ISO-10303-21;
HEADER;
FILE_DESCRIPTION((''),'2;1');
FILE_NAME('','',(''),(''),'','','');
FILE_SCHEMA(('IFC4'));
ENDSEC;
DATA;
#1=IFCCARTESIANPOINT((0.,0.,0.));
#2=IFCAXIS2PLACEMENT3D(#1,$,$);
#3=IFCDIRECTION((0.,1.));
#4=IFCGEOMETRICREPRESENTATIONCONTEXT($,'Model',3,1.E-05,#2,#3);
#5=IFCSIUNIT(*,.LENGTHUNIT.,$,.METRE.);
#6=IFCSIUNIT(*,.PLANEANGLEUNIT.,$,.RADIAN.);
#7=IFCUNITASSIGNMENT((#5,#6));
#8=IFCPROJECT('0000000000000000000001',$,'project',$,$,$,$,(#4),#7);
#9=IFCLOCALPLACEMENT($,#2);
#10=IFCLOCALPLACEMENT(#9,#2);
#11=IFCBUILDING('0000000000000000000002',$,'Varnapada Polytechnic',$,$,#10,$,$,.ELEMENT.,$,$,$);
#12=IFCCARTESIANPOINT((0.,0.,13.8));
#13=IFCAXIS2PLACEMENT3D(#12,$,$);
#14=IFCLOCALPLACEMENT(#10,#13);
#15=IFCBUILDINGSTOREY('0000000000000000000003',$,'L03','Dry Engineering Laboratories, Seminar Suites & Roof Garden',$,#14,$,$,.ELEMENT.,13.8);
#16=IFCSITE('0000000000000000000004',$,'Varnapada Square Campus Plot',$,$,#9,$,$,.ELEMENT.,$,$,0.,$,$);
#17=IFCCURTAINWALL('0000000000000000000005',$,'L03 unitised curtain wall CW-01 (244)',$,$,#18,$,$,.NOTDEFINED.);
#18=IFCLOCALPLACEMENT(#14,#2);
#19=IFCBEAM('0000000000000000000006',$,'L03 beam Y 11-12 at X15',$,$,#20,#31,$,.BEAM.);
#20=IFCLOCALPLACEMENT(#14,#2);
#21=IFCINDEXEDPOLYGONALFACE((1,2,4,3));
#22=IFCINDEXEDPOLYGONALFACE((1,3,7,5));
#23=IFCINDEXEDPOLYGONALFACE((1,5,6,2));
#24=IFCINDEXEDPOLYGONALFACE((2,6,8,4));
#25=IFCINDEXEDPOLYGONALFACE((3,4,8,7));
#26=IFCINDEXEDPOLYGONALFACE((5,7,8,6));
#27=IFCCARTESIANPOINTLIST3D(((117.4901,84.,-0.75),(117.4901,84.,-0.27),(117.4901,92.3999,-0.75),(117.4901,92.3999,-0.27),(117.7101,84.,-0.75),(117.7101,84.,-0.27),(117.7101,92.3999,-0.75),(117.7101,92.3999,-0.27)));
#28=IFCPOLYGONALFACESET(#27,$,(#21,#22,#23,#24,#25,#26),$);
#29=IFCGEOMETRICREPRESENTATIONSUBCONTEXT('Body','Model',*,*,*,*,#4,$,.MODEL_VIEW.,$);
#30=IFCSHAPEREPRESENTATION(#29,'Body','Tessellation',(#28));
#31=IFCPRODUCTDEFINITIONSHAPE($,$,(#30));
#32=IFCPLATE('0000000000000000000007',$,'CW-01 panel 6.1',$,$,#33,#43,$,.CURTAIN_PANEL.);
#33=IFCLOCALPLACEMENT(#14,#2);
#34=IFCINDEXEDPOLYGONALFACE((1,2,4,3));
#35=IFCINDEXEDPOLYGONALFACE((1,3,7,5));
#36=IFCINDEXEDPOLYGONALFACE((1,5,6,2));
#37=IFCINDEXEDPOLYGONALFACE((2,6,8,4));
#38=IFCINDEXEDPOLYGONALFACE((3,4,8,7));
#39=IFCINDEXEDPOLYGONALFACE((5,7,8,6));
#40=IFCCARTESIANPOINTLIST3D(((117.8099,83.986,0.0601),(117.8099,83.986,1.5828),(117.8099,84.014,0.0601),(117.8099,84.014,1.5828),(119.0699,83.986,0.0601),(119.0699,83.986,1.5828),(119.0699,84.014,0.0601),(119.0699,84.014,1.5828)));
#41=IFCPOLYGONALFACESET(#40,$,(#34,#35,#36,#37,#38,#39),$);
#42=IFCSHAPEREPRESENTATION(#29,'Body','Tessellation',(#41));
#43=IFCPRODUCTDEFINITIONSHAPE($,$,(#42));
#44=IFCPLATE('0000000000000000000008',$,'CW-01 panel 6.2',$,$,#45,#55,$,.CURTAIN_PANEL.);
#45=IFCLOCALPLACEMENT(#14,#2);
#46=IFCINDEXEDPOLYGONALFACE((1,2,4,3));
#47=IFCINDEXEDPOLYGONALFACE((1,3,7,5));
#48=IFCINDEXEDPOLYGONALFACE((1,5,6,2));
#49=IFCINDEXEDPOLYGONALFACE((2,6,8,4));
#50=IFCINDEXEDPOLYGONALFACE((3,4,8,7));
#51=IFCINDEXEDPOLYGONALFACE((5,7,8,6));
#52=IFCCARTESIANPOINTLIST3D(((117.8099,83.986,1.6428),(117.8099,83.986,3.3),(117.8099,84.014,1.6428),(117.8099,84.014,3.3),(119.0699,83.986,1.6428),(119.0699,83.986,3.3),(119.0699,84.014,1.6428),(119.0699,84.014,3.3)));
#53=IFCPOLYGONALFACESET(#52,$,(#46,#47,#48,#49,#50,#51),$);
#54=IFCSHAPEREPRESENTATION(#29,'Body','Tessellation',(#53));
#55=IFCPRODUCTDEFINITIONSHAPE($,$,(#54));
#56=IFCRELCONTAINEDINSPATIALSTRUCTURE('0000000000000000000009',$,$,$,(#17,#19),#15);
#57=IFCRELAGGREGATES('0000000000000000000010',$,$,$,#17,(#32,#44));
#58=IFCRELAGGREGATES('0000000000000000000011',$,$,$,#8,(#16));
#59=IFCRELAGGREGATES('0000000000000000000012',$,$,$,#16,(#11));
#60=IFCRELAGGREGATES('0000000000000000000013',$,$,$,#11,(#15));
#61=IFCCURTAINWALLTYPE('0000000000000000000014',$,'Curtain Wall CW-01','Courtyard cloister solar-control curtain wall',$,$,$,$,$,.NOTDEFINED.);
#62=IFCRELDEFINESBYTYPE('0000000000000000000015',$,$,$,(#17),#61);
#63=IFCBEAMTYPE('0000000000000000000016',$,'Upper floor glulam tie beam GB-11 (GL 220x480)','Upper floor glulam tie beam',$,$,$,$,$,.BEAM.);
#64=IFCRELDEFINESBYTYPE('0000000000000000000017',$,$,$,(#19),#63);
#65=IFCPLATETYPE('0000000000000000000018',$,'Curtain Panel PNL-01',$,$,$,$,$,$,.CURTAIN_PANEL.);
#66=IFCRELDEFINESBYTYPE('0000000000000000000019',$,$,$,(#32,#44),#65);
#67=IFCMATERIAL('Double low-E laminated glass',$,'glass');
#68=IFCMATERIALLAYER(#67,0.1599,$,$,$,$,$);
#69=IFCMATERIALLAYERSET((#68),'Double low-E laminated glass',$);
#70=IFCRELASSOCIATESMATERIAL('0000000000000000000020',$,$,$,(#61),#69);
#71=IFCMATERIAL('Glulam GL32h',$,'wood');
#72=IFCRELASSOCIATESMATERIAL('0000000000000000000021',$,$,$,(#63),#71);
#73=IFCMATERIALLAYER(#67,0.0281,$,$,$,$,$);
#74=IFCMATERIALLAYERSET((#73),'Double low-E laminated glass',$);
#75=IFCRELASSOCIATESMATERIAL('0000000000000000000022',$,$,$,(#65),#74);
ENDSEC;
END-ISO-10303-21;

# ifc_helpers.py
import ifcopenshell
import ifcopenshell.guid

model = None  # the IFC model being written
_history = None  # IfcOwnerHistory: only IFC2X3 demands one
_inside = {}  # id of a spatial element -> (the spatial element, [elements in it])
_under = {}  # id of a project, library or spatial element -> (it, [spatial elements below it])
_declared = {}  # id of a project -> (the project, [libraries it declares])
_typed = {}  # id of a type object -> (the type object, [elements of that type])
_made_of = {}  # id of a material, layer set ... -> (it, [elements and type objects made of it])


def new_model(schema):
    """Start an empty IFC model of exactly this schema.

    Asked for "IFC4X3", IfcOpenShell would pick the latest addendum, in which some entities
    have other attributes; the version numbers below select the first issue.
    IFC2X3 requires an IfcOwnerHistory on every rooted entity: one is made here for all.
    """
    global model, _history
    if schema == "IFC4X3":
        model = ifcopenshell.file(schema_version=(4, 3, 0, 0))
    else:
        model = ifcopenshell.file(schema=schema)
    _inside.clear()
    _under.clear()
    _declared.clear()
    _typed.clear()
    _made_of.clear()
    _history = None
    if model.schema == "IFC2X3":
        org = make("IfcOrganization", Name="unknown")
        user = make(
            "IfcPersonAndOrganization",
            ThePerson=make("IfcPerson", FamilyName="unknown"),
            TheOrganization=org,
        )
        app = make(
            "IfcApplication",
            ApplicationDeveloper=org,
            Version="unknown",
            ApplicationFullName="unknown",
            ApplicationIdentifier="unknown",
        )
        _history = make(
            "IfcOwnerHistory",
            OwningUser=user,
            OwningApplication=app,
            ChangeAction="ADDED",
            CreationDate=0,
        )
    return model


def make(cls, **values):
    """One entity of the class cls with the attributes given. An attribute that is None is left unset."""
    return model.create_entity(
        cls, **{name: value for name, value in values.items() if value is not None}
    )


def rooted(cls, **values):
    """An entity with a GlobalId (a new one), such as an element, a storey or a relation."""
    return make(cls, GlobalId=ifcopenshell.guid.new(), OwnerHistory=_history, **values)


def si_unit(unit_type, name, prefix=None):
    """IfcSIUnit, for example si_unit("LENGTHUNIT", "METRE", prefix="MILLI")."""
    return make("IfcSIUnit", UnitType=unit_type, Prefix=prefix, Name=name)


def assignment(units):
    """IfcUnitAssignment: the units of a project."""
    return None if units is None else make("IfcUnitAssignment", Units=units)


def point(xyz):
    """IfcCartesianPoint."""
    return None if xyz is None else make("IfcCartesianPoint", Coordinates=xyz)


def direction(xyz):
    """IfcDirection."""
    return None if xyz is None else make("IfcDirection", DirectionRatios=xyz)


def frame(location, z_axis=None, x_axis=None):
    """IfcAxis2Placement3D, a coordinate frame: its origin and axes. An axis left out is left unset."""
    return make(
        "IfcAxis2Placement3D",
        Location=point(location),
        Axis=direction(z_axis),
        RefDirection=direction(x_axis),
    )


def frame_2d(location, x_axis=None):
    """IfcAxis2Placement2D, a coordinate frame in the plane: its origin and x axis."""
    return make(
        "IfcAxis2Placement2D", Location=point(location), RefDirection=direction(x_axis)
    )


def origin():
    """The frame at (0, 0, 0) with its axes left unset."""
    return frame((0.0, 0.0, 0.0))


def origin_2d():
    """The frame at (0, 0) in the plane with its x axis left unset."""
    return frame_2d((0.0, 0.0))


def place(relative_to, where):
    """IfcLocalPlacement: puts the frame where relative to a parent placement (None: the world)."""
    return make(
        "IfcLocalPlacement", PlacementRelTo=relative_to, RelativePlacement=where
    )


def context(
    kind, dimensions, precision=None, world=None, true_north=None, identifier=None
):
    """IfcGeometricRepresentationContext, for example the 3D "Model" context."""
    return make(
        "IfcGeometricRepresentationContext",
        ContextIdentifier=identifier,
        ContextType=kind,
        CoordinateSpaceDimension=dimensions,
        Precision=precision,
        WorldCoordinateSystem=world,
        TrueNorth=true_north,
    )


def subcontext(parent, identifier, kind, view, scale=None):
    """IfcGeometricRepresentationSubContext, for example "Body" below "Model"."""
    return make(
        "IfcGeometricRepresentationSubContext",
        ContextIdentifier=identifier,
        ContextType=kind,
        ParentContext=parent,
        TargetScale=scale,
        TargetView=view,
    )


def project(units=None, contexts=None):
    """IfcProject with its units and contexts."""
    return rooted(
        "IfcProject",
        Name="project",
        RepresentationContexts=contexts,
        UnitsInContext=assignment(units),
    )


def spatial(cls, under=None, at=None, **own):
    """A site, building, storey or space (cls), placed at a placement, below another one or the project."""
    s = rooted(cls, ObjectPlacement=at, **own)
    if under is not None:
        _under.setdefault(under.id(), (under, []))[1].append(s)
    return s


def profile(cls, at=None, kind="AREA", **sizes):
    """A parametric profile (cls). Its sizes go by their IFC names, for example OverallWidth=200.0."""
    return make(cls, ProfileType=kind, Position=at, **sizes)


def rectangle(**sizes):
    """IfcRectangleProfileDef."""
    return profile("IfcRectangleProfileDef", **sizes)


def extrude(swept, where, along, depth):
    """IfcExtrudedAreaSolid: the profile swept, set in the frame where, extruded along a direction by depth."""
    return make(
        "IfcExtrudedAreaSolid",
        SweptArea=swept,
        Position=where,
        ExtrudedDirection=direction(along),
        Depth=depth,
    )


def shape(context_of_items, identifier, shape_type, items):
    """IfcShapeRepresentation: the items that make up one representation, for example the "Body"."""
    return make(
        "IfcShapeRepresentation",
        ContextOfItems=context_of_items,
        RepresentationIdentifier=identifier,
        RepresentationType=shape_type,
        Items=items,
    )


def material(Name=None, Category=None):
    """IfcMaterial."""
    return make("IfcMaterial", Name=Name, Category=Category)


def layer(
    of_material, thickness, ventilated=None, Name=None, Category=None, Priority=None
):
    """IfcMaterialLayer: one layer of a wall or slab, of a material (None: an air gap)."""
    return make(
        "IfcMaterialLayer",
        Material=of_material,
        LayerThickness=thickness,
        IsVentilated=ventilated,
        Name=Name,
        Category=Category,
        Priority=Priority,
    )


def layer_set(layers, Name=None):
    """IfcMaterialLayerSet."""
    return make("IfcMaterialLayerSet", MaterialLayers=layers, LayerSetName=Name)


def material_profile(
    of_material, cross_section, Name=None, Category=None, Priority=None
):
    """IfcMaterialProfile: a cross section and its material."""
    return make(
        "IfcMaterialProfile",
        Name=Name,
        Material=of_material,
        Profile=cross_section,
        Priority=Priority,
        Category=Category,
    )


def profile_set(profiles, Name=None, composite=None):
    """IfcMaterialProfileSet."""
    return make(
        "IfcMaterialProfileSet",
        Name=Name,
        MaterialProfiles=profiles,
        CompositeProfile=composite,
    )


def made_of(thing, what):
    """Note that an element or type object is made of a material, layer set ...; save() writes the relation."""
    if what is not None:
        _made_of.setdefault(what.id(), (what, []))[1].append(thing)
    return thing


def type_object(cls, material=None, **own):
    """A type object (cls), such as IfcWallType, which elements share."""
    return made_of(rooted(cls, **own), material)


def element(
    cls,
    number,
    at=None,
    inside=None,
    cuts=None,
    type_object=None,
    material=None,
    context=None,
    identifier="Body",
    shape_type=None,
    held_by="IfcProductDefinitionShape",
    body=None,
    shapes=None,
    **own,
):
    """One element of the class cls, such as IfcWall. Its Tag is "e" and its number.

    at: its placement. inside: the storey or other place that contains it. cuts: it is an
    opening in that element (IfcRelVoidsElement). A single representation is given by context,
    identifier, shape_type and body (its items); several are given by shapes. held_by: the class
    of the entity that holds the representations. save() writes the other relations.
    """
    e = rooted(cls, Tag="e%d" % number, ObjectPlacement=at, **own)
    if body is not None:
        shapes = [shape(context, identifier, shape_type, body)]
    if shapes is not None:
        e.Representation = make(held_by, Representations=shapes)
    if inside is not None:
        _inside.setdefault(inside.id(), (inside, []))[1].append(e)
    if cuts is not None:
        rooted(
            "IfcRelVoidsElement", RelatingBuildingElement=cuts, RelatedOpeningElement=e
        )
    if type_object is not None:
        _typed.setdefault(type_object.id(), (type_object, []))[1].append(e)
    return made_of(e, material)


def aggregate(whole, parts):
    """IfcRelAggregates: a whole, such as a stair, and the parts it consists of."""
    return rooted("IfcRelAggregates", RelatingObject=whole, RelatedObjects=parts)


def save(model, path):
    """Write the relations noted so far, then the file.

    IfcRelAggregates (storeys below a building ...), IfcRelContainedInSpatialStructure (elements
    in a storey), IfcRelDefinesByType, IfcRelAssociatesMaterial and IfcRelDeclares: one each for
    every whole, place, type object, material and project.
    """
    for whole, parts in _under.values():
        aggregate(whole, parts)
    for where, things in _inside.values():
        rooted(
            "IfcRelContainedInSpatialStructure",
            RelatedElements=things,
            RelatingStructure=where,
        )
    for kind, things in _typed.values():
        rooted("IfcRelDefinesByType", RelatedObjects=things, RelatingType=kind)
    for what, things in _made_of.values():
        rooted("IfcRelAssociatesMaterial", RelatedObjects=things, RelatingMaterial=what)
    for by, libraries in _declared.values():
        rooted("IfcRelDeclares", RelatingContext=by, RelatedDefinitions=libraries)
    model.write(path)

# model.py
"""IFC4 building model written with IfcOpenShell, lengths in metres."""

from ifc_helpers import new_model, si_unit, direction, frame, origin, origin_2d, place, context, subcontext, project, spatial, rectangle, extrude, material, layer, layer_set, material_profile, profile_set, type_object, element, aggregate, save


model = new_model("IFC4")

# Units and contexts
model_context = context("Model", 3, precision=1e-05, world=origin(), true_north=direction((0.0, 1.0)))
body_context = subcontext(model_context, "Body", "Model", "MODEL_VIEW")
ifc_project = project(units=[si_unit("LENGTHUNIT", "METRE"), si_unit("PLANEANGLEUNIT", "RADIAN")], contexts=[model_context])

# Site, building, storey
site_placement = place(None, origin())
site = spatial("IfcSite", under=ifc_project, at=site_placement, Name="Varnapada Square Campus Plot", CompositionType="ELEMENT", RefElevation=0.0)
building_placement = place(site_placement, origin())
building = spatial("IfcBuilding", under=site, at=building_placement, Name="Varnapada Polytechnic", CompositionType="ELEMENT")
storey_placement = place(building_placement, frame((0.0, 0.0, 13.8)))
storey = spatial("IfcBuildingStorey", under=building, at=storey_placement, Name="L03", Description="Dry Engineering Laboratories, Seminar Suites & Roof Garden", CompositionType="ELEMENT", Elevation=13.8)

# Shared definitions
ifc_material_1 = material(Name="Glulam GL32h", Category="wood")

# Curtain wall
ifc_material_2 = material(Name="Double low-E laminated glass", Category="glass")
ifc_layer_1 = layer(ifc_material_2, 0.1599)
ifc_layer_set_1 = layer_set([ifc_layer_1], Name="Double low-E laminated glass")
curtain_wall_type = type_object("IfcCurtainWallType", Name="Curtain Wall CW-01", Description="Courtyard cloister solar-control curtain wall", PredefinedType="NOTDEFINED", material=ifc_layer_set_1)
curtain_wall_1_placement = place(storey_placement, origin())
curtain_wall_1 = element("IfcCurtainWall", 1, at=curtain_wall_1_placement, inside=storey, type_object=curtain_wall_type, Name="L03 unitised curtain wall CW-01 (244)", PredefinedType="NOTDEFINED")

# Beam
ifc_material_profile_1 = material_profile(ifc_material_1, rectangle(XDim=0.22, YDim=0.48, at=origin_2d()), Name="GL 220x480")
ifc_profile_set_1 = profile_set([ifc_material_profile_1], Name="Glulam GL32h")
beam_type_1 = type_object("IfcBeamType", Name="Upper floor glulam tie beam GB-11 (GL 220x480)", Description="Upper floor glulam tie beam", PredefinedType="BEAM", material=ifc_profile_set_1)
beam_1_placement = place(storey_placement, frame((117.6001, 84.0, -0.51), z_axis=(0.0, 1.0, 0.0), x_axis=(-1.0, 0.0, 0.0)))
element("IfcBeam", 2, at=beam_1_placement, inside=storey, type_object=beam_type_1, Name="L03 beam Y 11-12 at X15", PredefinedType="BEAM", context=body_context, shape_type="SweptSolid", body=[
    extrude(rectangle(XDim=0.22, YDim=0.48, at=origin_2d()), origin(), (0.0, 0.0, 1.0), 8.3999),
])

# Plates
ifc_layer_2 = layer(ifc_material_2, 0.0281)
ifc_layer_set_2 = layer_set([ifc_layer_2], Name="Double low-E laminated glass")
plate_type = type_object("IfcPlateType", Name="Curtain Panel PNL-01", PredefinedType="CURTAIN_PANEL", material=ifc_layer_set_2)
plate_1_placement = place(storey_placement, frame((118.4399, 84.0, 0.0601), z_axis=(0.0, 0.0, 1.0), x_axis=(-1.0, 0.0, 0.0)))
plate_1 = element("IfcPlate", 3, at=plate_1_placement, type_object=plate_type, Name="CW-01 panel 6.1", PredefinedType="CURTAIN_PANEL", context=body_context, shape_type="SweptSolid", body=[
    extrude(rectangle(XDim=1.26, YDim=0.0281, at=origin_2d()), origin(), (0.0, 0.0, 1.0), 1.5227),
])
plate_2_placement = place(storey_placement, frame((118.4399, 84.0, 1.6428), z_axis=(0.0, 0.0, 1.0), x_axis=(-1.0, 0.0, 0.0)))
plate_2 = element("IfcPlate", 4, at=plate_2_placement, type_object=plate_type, Name="CW-01 panel 6.2", PredefinedType="CURTAIN_PANEL", context=body_context, shape_type="SweptSolid", body=[
    extrude(rectangle(XDim=1.26, YDim=0.0281, at=origin_2d()), origin(), (0.0, 0.0, 1.0), 1.6572),
])
aggregate(curtain_wall_1, [plate_1, plate_2])

save(model, "model.ifc")
